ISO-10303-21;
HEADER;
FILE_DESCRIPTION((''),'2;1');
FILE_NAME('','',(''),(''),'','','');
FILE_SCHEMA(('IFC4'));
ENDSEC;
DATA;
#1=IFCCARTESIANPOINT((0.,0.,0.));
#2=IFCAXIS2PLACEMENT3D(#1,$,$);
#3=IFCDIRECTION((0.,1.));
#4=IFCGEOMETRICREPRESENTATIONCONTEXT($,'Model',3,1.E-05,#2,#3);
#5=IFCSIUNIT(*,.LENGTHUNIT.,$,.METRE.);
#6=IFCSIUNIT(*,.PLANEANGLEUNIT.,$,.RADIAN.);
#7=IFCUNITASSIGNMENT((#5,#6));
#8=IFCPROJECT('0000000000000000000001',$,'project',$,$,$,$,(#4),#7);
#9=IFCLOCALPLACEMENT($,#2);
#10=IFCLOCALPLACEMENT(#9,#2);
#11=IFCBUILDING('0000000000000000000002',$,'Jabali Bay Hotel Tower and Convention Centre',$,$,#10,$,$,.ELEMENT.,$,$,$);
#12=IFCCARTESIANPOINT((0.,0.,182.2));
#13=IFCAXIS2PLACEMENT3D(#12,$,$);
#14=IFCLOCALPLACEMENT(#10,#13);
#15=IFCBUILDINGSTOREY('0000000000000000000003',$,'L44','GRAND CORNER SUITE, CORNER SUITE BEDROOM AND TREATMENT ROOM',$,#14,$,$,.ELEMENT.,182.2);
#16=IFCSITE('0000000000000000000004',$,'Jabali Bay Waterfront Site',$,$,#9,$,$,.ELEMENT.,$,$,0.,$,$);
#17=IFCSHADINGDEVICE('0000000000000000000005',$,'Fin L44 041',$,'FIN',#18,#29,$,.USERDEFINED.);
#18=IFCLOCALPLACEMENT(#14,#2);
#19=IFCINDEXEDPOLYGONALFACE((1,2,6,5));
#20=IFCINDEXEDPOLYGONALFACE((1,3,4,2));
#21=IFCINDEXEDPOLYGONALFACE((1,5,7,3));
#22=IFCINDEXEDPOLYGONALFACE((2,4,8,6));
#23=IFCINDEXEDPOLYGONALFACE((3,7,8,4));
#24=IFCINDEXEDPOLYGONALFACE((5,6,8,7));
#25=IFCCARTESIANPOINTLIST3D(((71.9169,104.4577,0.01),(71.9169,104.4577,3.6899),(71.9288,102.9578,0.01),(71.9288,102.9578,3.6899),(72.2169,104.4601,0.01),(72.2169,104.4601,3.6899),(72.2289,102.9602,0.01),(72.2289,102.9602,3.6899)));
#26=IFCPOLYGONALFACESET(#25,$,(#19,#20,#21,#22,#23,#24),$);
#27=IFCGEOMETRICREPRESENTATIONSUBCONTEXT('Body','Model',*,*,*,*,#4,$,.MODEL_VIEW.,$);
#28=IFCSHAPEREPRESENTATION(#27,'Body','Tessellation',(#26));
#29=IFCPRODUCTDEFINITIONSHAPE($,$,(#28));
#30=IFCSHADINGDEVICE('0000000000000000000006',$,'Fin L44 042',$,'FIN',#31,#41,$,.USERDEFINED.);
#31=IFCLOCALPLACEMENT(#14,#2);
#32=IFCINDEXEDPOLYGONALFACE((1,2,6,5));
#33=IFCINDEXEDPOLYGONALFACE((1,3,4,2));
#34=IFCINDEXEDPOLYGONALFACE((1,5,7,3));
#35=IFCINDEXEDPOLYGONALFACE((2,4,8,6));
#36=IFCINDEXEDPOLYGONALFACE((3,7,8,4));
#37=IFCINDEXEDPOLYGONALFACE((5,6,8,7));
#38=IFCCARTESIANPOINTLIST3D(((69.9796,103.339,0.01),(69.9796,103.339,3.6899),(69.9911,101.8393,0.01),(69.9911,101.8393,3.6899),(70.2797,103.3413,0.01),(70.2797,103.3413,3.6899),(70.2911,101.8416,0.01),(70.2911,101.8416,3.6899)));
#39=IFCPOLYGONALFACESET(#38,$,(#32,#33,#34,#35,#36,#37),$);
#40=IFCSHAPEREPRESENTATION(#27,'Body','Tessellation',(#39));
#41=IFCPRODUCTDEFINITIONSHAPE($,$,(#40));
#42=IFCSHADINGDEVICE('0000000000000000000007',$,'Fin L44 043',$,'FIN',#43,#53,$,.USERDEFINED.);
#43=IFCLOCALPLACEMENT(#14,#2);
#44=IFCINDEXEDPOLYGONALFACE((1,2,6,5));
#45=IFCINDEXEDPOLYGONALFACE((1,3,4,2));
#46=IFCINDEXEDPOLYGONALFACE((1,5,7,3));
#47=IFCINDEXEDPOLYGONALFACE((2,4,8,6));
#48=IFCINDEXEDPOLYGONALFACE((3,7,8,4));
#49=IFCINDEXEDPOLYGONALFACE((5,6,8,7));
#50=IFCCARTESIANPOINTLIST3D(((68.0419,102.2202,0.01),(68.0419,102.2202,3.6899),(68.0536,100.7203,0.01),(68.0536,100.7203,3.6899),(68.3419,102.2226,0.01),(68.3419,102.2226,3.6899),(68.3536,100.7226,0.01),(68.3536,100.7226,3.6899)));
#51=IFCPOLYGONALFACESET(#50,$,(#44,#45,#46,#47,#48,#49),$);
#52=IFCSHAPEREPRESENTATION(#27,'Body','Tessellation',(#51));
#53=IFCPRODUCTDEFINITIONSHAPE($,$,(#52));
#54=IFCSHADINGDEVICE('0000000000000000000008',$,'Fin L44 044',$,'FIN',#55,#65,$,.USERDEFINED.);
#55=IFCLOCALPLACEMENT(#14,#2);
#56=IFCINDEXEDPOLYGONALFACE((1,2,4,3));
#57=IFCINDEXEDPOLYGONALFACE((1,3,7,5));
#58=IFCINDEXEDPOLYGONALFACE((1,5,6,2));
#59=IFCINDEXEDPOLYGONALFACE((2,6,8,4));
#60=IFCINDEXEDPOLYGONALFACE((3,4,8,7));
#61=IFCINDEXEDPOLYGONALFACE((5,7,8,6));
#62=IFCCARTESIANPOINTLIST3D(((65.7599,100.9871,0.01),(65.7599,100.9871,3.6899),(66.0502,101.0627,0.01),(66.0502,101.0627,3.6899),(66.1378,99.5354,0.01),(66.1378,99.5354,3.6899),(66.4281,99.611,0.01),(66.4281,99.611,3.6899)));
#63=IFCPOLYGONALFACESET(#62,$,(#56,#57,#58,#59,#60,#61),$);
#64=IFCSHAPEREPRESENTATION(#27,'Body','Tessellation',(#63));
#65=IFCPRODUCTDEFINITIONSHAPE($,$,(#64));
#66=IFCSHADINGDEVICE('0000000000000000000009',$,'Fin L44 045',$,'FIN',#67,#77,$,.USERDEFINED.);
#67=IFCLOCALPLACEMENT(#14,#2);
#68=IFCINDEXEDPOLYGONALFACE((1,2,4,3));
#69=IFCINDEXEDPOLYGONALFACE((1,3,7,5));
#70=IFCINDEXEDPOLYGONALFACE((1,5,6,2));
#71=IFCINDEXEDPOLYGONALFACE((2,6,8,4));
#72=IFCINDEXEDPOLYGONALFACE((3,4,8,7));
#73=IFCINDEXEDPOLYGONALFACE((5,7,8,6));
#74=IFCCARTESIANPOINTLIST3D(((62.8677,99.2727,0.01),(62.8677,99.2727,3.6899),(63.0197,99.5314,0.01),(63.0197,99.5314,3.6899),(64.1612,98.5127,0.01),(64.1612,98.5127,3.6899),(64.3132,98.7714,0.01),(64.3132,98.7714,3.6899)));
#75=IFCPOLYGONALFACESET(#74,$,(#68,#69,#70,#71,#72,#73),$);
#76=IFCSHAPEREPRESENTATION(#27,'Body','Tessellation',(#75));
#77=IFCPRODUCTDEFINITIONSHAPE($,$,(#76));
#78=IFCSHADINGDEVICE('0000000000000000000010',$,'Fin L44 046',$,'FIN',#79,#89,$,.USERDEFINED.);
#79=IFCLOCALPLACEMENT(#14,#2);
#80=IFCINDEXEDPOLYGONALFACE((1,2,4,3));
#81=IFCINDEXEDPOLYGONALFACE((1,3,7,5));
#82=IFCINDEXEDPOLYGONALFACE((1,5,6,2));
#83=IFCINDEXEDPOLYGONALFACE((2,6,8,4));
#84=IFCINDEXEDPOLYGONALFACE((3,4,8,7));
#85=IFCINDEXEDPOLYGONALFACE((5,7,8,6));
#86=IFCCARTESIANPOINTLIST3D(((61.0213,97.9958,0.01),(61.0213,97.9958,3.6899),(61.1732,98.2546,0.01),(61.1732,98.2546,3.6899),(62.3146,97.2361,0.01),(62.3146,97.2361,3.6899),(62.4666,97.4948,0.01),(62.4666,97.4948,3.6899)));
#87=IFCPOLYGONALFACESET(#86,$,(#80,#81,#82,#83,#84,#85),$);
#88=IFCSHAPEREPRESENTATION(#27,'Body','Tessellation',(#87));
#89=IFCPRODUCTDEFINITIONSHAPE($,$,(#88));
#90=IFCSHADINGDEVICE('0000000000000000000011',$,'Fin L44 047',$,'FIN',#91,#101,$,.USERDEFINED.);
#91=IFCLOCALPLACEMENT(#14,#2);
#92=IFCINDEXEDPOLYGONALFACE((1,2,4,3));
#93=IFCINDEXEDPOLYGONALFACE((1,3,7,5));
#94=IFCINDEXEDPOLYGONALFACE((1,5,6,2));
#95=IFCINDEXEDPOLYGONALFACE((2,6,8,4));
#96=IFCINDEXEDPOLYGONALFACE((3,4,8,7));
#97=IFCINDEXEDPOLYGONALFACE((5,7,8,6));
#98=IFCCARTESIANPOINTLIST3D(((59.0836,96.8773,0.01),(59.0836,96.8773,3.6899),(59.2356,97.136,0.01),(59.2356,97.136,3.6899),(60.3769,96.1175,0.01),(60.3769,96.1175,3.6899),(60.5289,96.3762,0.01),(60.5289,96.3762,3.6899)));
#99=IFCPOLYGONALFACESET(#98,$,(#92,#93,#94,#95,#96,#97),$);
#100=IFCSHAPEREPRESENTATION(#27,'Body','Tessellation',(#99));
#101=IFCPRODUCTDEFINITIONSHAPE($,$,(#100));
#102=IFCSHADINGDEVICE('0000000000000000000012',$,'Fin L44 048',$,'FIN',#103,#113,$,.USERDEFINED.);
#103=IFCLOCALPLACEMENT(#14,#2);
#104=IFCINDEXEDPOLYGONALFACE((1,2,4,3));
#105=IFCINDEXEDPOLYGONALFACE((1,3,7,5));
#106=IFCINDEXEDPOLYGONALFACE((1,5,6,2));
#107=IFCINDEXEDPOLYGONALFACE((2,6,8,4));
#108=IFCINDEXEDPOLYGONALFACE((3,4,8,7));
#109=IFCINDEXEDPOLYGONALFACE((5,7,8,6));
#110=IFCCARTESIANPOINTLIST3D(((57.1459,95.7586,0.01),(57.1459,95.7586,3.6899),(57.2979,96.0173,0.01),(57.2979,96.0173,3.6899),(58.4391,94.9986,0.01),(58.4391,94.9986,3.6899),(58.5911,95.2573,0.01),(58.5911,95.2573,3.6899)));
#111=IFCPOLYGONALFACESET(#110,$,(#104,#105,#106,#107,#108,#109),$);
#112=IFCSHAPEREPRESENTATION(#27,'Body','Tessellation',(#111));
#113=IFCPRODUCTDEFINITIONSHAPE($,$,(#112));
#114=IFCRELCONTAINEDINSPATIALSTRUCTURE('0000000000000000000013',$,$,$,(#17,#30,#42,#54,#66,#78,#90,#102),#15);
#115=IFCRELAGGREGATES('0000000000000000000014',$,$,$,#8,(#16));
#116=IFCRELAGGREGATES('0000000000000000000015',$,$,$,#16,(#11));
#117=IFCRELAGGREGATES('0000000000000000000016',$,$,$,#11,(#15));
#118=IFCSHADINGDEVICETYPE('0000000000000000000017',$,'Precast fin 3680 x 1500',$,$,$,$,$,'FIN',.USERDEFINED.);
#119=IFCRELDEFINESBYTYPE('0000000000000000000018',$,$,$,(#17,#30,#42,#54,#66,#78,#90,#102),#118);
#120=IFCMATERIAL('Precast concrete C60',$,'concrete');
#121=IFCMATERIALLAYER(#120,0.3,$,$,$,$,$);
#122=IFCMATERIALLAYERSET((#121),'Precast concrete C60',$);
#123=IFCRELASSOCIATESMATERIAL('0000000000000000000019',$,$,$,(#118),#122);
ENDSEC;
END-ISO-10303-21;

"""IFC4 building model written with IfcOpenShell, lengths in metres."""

from ifc_helpers import new_model, si_unit, direction, frame, frame_2d, origin, place, context, subcontext, project, spatial, rectangle, extrude, material, layer, layer_set, type_object, element, save


model = new_model("IFC4")

# Units and contexts
model_context = context("Model", 3, precision=1e-05, world=origin(), true_north=direction((0.0, 1.0)))
body_context = subcontext(model_context, "Body", "Model", "MODEL_VIEW")
ifc_project = project(units=[si_unit("LENGTHUNIT", "METRE"), si_unit("PLANEANGLEUNIT", "RADIAN")], contexts=[model_context])

# Site, building, storey
site_placement = place(None, origin())
site = spatial("IfcSite", under=ifc_project, at=site_placement, Name="Jabali Bay Waterfront Site", CompositionType="ELEMENT", RefElevation=0.0)
building_placement = place(site_placement, origin())
building = spatial("IfcBuilding", under=site, at=building_placement, Name="Jabali Bay Hotel Tower and Convention Centre", CompositionType="ELEMENT")
storey_placement = place(building_placement, frame((0.0, 0.0, 182.2)))
storey = spatial("IfcBuildingStorey", under=building, at=storey_placement, Name="L44", Description="GRAND CORNER SUITE, CORNER SUITE BEDROOM AND TREATMENT ROOM", CompositionType="ELEMENT", Elevation=182.2)

# Shading devices
ifc_material_1 = material(Name="Precast concrete C60", Category="concrete")
ifc_layer_1 = layer(ifc_material_1, 0.3)
ifc_layer_set_1 = layer_set([ifc_layer_1], Name="Precast concrete C60")
shading_device_type = type_object("IfcShadingDeviceType", Name="Precast fin 3680 x 1500", ElementType="FIN", PredefinedType="USERDEFINED", material=ifc_layer_set_1)
shading_device_1_placement = place(storey_placement, frame((72.0789, 102.959, 0.01), z_axis=(0.0, 0.0, 1.0), x_axis=(-0.007975, 0.999968, 0.0)))
element("IfcShadingDevice", 1, at=shading_device_1_placement, inside=storey, type_object=shading_device_type, Name="Fin L44 041", ObjectType="FIN", PredefinedType="USERDEFINED", context=body_context, shape_type="SweptSolid", body=[
    extrude(rectangle(XDim=1.5, YDim=0.3, at=frame_2d((0.75, 0.0))), origin(), (0.0, 0.0, 1.0), 3.6799),
])
shading_device_2_placement = place(storey_placement, frame((70.1411, 101.8403, 0.01), z_axis=(0.0, 0.0, 1.0), x_axis=(-0.007651, 0.999971, 0.0)))
element("IfcShadingDevice", 2, at=shading_device_2_placement, inside=storey, type_object=shading_device_type, Name="Fin L44 042", ObjectType="FIN", PredefinedType="USERDEFINED", context=body_context, shape_type="SweptSolid", body=[
    extrude(rectangle(XDim=1.4998, YDim=0.3, at=frame_2d((0.75, 0.0))), origin(), (0.0, 0.0, 1.0), 3.6799),
])
for number, where, z_axis, x_axis, name in (
    (3, (68.2036, 100.7214, 0.01), (0.0, 0.0, 1.0), (-0.007812, 0.999969, 0.0), "Fin L44 043"),
    (4, (66.283, 99.5732, 0.01), (0.0, 0.0, 1.0), (-0.251945, 0.967742, 0.0), "Fin L44 044"),
):
    element("IfcShadingDevice", number, at=place(storey_placement, frame(where, z_axis=z_axis, x_axis=x_axis)), inside=storey, type_object=shading_device_type, Name=name, ObjectType="FIN", PredefinedType="USERDEFINED", context=body_context, shape_type="SweptSolid", body=[
        extrude(rectangle(XDim=1.5, YDim=0.3, at=frame_2d((0.75, 0.0))), origin(), (0.0, 0.0, 1.0), 3.6799),
    ])
shading_device_3_placement = place(storey_placement, frame((64.2371, 98.6421, 0.01), z_axis=(0.0, 0.0, 1.0), x_axis=(-0.862181, 0.5066, 0.0)))
element("IfcShadingDevice", 5, at=shading_device_3_placement, inside=storey, type_object=shading_device_type, Name="Fin L44 045", ObjectType="FIN", PredefinedType="USERDEFINED", context=body_context, shape_type="SweptSolid", body=[
    extrude(rectangle(XDim=1.5002, YDim=0.3, at=frame_2d((0.75, 0.0))), origin(), (0.0, 0.0, 1.0), 3.6799),
])
for number, where, z_axis, x_axis, name in (
    (6, (62.3906, 97.3655, 0.01), (0.0, 0.0, 1.0), (-0.862252, 0.506479, 0.0), "Fin L44 046"),
    (7, (60.4529, 96.2468, 0.01), (0.0, 0.0, 1.0), (-0.86221, 0.506551, 0.0), "Fin L44 047"),
    (8, (58.5151, 95.1279, 0.01), (0.0, 0.0, 1.0), (-0.862139, 0.506672, 0.0), "Fin L44 048"),
):
    element("IfcShadingDevice", number, at=place(storey_placement, frame(where, z_axis=z_axis, x_axis=x_axis)), inside=storey, type_object=shading_device_type, Name=name, ObjectType="FIN", PredefinedType="USERDEFINED", context=body_context, shape_type="SweptSolid", body=[
        extrude(rectangle(XDim=1.5, YDim=0.3, at=frame_2d((0.75, 0.0))), origin(), (0.0, 0.0, 1.0), 3.6799),
    ])

save(model, "model.ifc")
